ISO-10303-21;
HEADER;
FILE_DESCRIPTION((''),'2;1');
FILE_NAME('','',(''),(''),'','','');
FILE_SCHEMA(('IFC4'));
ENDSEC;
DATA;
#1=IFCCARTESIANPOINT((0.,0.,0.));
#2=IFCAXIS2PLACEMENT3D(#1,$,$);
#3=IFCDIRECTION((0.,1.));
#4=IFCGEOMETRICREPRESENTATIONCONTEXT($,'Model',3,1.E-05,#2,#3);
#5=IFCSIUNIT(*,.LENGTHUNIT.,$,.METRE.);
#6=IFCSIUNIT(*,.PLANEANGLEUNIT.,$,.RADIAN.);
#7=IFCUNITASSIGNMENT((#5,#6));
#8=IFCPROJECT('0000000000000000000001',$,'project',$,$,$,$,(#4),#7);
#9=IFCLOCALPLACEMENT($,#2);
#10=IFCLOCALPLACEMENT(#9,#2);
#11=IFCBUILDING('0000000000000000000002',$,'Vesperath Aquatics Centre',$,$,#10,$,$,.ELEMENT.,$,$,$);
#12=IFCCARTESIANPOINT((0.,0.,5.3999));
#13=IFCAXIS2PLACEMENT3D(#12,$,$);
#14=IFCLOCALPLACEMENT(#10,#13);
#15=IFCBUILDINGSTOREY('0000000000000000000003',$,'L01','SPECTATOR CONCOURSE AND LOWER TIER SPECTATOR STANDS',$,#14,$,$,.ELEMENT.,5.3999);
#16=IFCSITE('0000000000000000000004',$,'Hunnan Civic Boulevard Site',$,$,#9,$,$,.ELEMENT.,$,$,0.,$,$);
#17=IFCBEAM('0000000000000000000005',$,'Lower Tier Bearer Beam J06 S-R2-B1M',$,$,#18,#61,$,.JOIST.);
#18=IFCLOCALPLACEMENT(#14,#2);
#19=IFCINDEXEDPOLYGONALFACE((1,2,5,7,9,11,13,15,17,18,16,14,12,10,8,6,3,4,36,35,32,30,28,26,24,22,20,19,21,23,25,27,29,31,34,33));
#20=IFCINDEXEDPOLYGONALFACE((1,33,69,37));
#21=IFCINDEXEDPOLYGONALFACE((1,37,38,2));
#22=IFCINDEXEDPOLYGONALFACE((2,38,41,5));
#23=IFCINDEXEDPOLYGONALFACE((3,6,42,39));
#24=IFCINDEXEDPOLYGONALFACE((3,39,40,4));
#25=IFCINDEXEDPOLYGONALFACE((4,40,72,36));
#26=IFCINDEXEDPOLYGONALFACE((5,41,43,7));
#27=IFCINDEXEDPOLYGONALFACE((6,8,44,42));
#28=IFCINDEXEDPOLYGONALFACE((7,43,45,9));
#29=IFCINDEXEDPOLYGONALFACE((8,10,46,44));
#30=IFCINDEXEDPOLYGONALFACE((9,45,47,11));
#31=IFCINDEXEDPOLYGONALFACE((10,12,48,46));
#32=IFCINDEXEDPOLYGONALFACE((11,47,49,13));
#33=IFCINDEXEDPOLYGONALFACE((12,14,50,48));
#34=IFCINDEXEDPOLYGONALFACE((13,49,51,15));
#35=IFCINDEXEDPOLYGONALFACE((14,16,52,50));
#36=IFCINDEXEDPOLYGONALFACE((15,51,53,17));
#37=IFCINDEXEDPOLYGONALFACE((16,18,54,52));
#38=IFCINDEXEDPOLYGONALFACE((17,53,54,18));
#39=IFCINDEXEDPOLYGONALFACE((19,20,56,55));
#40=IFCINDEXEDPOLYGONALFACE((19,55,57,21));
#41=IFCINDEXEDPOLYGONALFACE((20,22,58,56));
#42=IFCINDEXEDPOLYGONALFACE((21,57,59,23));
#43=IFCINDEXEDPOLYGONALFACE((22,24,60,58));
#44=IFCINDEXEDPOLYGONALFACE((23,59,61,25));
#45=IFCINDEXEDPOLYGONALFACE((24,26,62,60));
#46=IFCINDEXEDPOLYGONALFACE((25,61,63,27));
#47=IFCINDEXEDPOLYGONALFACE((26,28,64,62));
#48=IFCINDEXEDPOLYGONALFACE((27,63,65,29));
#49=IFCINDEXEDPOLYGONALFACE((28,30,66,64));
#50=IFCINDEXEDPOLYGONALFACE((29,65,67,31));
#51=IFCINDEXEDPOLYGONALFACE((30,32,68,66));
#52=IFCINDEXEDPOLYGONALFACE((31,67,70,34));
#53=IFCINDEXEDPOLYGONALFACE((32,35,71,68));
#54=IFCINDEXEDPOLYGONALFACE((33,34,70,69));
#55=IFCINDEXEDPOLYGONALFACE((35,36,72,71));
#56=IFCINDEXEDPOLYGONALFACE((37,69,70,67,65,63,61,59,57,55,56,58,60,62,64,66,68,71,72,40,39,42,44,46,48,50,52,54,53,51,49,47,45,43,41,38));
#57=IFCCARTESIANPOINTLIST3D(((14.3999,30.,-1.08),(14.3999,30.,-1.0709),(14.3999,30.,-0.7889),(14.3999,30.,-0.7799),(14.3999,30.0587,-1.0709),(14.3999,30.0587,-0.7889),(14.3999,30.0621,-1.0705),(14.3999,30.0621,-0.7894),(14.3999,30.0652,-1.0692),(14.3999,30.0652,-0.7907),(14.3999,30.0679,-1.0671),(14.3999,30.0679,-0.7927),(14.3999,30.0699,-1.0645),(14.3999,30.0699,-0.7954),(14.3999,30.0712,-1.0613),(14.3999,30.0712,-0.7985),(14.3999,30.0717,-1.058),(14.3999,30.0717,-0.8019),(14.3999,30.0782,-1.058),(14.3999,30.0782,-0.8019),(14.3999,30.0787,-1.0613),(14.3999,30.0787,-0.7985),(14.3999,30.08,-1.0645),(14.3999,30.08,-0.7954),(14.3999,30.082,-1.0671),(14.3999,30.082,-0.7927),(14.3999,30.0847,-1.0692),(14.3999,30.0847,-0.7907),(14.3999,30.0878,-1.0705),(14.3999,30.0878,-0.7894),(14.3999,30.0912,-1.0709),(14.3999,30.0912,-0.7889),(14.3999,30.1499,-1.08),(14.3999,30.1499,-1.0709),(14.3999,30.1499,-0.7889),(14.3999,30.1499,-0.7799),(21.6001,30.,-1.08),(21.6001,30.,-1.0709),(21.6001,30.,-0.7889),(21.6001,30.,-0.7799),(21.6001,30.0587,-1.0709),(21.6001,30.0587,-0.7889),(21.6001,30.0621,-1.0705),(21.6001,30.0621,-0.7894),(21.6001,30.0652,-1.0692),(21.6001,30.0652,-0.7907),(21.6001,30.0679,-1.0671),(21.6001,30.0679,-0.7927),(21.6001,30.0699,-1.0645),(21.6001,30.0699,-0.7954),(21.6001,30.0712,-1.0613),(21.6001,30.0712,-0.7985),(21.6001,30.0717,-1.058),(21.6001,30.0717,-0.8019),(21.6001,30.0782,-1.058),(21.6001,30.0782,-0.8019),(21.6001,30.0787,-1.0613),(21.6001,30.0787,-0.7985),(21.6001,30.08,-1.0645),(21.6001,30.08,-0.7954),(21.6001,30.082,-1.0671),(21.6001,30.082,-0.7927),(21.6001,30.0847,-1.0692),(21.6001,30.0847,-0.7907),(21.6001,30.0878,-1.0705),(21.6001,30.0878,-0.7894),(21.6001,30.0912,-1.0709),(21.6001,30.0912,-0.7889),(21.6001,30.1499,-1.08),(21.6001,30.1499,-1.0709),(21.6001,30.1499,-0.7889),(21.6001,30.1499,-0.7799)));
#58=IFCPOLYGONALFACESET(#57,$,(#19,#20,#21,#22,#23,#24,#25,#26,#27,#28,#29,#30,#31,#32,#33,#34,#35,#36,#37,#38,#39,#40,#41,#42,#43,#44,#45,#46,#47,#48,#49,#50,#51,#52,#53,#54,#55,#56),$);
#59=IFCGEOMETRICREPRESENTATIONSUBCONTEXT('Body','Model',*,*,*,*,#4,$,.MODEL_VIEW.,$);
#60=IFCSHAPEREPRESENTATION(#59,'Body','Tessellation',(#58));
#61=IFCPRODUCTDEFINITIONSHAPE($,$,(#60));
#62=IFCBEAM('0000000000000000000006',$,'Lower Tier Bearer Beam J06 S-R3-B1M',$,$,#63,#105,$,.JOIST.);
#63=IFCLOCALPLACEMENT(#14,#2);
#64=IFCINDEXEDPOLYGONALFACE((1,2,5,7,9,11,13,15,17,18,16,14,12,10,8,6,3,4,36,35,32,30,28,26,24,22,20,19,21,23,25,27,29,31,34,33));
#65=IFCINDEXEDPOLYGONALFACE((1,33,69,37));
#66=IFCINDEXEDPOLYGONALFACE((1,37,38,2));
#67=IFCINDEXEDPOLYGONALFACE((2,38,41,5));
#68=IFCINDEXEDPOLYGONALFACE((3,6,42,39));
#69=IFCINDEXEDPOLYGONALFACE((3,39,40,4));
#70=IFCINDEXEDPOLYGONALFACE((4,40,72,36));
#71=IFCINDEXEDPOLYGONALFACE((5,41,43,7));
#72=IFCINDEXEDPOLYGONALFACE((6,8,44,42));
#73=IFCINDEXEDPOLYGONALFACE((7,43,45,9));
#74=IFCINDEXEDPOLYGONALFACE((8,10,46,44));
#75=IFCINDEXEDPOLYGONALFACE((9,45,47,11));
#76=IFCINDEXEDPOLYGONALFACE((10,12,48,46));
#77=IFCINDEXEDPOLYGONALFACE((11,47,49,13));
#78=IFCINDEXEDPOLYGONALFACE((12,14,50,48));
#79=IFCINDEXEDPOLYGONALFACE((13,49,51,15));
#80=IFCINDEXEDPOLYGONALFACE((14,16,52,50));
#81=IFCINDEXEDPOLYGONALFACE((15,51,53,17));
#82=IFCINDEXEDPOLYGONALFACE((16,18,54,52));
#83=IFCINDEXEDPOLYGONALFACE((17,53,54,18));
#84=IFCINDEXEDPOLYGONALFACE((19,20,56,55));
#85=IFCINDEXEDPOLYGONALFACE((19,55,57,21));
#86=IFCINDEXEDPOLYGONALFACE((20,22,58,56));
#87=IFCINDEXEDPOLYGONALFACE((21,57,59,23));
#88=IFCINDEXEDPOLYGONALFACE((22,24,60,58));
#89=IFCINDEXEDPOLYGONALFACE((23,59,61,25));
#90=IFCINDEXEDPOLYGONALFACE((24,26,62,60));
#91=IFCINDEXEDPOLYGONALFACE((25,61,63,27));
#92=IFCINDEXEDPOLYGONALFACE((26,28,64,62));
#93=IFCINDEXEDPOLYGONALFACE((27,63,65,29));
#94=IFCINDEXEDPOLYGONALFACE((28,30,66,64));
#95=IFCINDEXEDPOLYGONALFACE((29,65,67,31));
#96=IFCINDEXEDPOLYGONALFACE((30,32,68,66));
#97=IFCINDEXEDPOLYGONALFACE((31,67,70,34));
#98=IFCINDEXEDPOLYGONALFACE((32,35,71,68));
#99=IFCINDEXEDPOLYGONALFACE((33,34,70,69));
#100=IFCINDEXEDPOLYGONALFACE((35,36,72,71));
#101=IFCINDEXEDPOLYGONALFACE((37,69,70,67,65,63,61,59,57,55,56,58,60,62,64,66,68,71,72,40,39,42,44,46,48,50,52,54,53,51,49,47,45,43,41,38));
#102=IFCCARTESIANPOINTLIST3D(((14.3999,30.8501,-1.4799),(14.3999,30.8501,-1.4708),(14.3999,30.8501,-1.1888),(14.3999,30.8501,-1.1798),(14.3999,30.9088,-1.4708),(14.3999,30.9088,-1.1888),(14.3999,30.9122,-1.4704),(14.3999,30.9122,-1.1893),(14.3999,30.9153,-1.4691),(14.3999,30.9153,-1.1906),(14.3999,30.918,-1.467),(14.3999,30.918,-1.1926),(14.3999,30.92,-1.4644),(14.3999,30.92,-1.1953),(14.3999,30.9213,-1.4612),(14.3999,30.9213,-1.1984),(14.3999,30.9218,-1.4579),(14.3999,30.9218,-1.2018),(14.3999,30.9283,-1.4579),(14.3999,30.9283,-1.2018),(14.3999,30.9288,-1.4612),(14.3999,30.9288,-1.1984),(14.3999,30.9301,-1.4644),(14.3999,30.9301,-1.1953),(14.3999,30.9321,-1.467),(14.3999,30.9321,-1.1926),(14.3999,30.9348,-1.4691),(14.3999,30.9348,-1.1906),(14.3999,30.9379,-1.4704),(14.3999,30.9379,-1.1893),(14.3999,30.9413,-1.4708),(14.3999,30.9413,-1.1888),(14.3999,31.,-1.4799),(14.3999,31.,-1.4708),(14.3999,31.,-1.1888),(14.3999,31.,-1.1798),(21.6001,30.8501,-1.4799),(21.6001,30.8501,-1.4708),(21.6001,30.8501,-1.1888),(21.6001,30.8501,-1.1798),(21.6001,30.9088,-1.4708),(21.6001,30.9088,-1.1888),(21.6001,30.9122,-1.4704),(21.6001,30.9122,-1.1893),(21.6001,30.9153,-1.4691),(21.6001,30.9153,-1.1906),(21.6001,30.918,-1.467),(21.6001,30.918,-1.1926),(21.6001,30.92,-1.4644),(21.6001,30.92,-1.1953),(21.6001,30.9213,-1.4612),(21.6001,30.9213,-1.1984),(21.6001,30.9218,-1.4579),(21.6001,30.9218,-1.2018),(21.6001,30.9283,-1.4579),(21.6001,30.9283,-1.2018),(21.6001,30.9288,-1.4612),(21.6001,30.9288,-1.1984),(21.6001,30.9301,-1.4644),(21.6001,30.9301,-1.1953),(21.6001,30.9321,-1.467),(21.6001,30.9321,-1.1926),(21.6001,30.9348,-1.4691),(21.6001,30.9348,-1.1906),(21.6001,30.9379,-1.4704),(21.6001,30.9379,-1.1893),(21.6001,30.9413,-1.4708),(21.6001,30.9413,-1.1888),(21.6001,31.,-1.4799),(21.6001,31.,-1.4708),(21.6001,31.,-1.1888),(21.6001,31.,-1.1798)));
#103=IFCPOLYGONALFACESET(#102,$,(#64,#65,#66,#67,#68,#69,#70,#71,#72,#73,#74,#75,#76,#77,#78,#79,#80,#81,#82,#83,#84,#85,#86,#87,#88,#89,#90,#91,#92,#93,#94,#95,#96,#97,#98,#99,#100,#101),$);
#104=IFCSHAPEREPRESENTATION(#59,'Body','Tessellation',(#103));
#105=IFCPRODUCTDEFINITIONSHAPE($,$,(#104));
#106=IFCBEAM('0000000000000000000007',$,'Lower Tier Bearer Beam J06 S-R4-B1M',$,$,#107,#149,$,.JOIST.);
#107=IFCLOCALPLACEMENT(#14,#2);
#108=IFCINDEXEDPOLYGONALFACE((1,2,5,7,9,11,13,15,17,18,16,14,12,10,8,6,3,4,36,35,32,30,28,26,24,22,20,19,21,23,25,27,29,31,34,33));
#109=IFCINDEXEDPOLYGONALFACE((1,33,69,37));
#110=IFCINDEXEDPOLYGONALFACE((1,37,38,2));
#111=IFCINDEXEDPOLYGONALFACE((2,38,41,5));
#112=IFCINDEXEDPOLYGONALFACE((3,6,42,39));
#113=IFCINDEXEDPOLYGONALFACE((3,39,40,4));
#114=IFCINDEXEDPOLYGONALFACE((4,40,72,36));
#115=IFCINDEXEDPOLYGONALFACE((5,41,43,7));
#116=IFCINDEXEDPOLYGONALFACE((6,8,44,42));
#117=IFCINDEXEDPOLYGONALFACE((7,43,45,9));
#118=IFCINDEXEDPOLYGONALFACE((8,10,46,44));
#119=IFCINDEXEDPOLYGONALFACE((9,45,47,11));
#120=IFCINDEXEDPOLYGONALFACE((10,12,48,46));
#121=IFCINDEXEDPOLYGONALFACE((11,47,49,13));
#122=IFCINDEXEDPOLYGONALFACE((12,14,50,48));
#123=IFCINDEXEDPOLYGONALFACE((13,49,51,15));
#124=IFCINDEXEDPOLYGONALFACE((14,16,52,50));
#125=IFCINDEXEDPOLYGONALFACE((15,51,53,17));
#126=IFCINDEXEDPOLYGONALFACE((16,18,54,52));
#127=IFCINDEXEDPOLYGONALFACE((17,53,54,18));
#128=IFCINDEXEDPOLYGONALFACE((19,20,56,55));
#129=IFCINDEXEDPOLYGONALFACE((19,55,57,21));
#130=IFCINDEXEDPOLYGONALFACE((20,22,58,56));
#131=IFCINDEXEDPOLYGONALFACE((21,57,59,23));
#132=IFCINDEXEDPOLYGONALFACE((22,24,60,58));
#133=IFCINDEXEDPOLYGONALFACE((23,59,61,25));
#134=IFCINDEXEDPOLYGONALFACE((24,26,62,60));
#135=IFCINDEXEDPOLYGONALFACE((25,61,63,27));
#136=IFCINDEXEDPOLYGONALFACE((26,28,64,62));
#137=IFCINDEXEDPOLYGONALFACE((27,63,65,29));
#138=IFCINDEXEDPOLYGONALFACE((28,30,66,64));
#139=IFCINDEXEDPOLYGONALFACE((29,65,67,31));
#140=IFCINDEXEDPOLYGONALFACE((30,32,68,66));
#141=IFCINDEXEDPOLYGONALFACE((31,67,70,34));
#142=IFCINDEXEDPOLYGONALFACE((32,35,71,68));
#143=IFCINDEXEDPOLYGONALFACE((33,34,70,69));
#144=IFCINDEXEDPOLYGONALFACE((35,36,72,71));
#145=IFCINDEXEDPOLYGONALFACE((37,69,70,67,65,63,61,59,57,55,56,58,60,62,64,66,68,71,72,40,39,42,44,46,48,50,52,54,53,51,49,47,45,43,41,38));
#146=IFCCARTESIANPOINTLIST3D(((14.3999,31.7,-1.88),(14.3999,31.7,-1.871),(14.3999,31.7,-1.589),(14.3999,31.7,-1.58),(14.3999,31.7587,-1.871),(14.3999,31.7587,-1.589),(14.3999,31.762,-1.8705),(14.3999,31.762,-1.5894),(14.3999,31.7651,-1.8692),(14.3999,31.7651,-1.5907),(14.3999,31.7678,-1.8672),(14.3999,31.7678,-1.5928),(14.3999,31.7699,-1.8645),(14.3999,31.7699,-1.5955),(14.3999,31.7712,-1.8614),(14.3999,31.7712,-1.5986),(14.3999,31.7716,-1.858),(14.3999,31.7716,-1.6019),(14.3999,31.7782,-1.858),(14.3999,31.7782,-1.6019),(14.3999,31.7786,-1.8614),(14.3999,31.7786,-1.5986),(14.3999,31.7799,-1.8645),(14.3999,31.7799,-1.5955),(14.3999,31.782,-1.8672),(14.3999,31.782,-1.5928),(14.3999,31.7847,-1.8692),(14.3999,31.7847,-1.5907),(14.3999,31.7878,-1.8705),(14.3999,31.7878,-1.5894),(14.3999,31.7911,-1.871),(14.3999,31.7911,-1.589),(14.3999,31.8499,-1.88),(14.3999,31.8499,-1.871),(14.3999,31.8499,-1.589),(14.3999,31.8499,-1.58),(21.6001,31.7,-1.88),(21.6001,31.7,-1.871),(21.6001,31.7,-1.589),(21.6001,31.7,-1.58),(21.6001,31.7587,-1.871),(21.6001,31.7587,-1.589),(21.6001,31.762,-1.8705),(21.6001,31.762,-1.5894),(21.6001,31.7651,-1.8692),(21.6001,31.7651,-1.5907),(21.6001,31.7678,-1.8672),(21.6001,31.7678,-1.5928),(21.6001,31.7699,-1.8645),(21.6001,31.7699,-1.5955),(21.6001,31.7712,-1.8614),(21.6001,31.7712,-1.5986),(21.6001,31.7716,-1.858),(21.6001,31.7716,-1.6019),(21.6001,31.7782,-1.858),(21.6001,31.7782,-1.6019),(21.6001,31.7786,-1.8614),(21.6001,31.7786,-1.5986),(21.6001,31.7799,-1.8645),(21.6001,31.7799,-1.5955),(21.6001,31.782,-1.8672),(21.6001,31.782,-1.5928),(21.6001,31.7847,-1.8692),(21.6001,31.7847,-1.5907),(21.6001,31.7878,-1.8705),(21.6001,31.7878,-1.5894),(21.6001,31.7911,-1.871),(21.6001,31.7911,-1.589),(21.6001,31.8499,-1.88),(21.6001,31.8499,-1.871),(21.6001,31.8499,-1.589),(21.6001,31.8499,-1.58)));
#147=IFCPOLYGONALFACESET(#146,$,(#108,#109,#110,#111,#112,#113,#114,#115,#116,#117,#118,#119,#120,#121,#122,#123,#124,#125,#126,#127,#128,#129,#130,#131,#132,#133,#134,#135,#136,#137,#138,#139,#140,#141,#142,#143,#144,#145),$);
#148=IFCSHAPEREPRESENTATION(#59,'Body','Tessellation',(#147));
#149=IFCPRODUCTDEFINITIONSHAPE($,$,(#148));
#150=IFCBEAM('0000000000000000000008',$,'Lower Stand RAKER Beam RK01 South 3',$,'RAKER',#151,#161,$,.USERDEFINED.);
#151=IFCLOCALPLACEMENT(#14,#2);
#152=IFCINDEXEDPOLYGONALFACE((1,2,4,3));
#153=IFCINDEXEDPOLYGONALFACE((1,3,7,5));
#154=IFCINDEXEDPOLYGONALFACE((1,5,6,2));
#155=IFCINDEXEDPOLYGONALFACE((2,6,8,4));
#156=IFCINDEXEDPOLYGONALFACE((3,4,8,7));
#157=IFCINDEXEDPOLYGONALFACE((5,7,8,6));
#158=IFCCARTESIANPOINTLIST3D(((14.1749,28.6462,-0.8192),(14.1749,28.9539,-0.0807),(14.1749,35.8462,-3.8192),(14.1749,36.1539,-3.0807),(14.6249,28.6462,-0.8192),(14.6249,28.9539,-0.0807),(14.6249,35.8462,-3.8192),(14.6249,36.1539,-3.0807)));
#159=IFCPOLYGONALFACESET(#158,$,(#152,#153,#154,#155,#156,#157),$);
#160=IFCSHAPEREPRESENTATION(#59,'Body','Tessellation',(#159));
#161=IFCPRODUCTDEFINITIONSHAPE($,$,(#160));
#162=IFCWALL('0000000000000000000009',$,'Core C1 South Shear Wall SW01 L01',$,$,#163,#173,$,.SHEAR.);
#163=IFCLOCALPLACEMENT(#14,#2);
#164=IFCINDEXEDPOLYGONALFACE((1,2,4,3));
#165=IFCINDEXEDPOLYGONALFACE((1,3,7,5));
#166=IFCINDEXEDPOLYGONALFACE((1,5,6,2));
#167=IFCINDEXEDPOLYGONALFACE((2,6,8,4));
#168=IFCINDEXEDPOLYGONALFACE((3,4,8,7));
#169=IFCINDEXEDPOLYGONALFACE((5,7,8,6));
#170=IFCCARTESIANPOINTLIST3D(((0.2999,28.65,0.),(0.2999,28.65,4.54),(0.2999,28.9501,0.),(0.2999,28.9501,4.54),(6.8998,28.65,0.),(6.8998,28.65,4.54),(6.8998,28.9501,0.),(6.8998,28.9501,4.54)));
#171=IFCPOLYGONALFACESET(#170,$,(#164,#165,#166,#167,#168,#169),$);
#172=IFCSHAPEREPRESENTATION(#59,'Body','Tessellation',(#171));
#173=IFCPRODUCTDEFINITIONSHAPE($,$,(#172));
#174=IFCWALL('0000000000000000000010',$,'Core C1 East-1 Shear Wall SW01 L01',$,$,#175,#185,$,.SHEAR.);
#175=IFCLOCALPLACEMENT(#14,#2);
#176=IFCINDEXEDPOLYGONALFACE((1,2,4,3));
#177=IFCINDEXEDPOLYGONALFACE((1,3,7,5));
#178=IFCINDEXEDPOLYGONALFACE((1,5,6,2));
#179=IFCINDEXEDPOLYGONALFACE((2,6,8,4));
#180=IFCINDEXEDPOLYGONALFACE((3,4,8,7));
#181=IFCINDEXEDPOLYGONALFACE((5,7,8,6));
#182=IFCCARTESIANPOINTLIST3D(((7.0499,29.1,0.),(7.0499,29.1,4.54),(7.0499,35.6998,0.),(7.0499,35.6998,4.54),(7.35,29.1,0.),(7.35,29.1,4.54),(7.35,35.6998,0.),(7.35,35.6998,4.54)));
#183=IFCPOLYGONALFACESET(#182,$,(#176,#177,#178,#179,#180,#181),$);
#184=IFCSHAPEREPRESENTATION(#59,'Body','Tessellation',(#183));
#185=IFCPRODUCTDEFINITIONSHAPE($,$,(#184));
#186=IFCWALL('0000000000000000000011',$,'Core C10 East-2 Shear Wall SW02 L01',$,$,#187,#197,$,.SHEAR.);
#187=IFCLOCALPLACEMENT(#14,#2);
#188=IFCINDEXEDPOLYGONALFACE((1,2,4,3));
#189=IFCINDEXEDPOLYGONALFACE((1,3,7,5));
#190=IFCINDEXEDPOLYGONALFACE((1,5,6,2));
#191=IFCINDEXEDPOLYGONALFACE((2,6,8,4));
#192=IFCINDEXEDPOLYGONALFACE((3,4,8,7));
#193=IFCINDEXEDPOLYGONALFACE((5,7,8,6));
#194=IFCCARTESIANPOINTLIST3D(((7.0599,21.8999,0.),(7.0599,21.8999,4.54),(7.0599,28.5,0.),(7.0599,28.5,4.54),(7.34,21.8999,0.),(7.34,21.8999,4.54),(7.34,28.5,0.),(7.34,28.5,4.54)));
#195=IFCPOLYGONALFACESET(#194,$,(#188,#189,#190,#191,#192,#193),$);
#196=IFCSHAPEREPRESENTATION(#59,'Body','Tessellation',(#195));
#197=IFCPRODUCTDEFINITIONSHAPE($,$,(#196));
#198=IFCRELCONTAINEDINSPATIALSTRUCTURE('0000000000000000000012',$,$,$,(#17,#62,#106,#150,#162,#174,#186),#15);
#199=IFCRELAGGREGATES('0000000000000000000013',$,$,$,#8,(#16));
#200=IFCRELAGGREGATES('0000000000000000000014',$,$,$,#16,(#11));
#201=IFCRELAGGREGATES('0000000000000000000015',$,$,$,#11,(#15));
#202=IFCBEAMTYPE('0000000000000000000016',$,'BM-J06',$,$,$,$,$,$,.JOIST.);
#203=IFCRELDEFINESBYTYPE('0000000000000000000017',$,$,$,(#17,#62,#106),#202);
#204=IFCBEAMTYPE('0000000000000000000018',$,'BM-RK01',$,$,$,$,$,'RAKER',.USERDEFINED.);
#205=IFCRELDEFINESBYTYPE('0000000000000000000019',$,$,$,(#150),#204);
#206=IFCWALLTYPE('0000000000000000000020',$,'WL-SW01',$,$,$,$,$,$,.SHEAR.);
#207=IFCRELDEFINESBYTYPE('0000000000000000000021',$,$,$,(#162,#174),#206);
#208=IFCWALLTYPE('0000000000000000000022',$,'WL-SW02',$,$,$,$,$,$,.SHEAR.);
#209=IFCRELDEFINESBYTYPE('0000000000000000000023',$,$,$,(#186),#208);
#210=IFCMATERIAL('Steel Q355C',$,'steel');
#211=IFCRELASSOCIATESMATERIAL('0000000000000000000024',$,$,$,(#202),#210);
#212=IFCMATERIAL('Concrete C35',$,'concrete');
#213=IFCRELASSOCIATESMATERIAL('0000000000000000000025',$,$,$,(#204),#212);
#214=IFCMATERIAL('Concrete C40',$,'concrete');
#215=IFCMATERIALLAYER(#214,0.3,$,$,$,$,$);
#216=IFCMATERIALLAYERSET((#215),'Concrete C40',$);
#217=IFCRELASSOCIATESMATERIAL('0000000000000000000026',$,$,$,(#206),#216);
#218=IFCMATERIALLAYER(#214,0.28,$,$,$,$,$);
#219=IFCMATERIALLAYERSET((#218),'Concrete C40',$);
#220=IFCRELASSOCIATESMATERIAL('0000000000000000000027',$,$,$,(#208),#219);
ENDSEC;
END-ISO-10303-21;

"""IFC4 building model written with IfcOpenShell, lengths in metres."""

from ifc_helpers import new_model, si_unit, direction, frame, frame_2d, origin, origin_2d, place, context, subcontext, project, spatial, rectangle, i_section, extrude, material, layer, layer_set, material_profile, profile_set, type_object, element, save


model = new_model("IFC4")

# Units and contexts
model_context = context("Model", 3, precision=1e-05, world=origin(), true_north=direction((0.0, 1.0)))
body_context = subcontext(model_context, "Body", "Model", "MODEL_VIEW")
ifc_project = project(units=[si_unit("LENGTHUNIT", "METRE"), si_unit("PLANEANGLEUNIT", "RADIAN")], contexts=[model_context])

# Site, building, storey
site_placement = place(None, origin())
site = spatial("IfcSite", under=ifc_project, at=site_placement, Name="Hunnan Civic Boulevard Site", CompositionType="ELEMENT", RefElevation=0.0)
building_placement = place(site_placement, origin())
building = spatial("IfcBuilding", under=site, at=building_placement, Name="Vesperath Aquatics Centre", CompositionType="ELEMENT")
storey_placement = place(building_placement, frame((0.0, 0.0, 5.3999)))
storey = spatial("IfcBuildingStorey", under=building, at=storey_placement, Name="L01", Description="SPECTATOR CONCOURSE AND LOWER TIER SPECTATOR STANDS", CompositionType="ELEMENT", Elevation=5.3999)

# Shared definitions
ifc_material_1 = material(Name="Concrete C40", Category="concrete")

# Beams
ifc_material_2 = material(Name="Concrete C35", Category="concrete")
ifc_material_3 = material(Name="Steel Q355C", Category="steel")
ifc_material_profile_1 = material_profile(ifc_material_3, i_section(OverallWidth=0.1499, OverallDepth=0.3, WebThickness=0.0066, FlangeThickness=0.009, FilletRadius=0.0129, at=origin_2d()), Name="HN 300x150x6.5x9")
ifc_profile_set_1 = profile_set([ifc_material_profile_1], Name="Steel Q355C")
beam_type_1 = type_object("IfcBeamType", Name="BM-J06", PredefinedType="JOIST", material=ifc_profile_set_1)
for number, where, z_axis, x_axis, name in (
    (1, (14.3999, 30.075, -0.9299), (1.0, 0.0, 0.0), (0.0, 1.0, 0.0), "Lower Tier Bearer Beam J06 S-R2-B1M"),
    (2, (14.3999, 30.925, -1.3298), (1.0, 0.0, 0.0), (0.0, 1.0, 0.0), "Lower Tier Bearer Beam J06 S-R3-B1M"),
    (3, (14.3999, 31.7749, -1.73), (1.0, 0.0, 0.0), (0.0, 1.0, 0.0), "Lower Tier Bearer Beam J06 S-R4-B1M"),
):
    element("IfcBeam", number, at=place(storey_placement, frame(where, z_axis=z_axis, x_axis=x_axis)), inside=storey, type_object=beam_type_1, Name=name, PredefinedType="JOIST", context=body_context, shape_type="SweptSolid", body=[
        extrude(i_section(OverallWidth=0.1499, OverallDepth=0.3, WebThickness=0.0066, FlangeThickness=0.009, FilletRadius=0.0129, at=origin_2d()), origin(), (0.0, 0.0, 1.0), 7.2002),
    ])
ifc_material_profile_2 = material_profile(ifc_material_2, rectangle(XDim=0.45, YDim=0.8, at=origin_2d()), Name="RC 450x800")
ifc_profile_set_2 = profile_set([ifc_material_profile_2], Name="Concrete C35")
beam_type_2 = type_object("IfcBeamType", Name="BM-RK01", ElementType="RAKER", PredefinedType="USERDEFINED", material=ifc_profile_set_2)
beam_1_placement = place(storey_placement, frame((14.3999, 28.8, -0.45), z_axis=(0.0, 0.923076, -0.384618), x_axis=(-1.0, 0.0, 0.0)))
element("IfcBeam", 4, at=beam_1_placement, inside=storey, type_object=beam_type_2, Name="Lower Stand RAKER Beam RK01 South 3", ObjectType="RAKER", PredefinedType="USERDEFINED", context=body_context, shape_type="SweptSolid", body=[
    extrude(rectangle(XDim=0.45, YDim=0.8, at=origin_2d()), origin(), (0.0, 0.0, 1.0), 7.8),
])

# Walls
ifc_layer_1 = layer(ifc_material_1, 0.3)
ifc_layer_set_1 = layer_set([ifc_layer_1], Name="Concrete C40")
wall_type_1 = type_object("IfcWallType", Name="WL-SW01", PredefinedType="SHEAR", material=ifc_layer_set_1)
for number, where, z_axis, x_axis, name in (
    (5, (0.3, 28.8, 0.0), (0.0, 0.0, 1.0), (1.0, 0.0, 0.0), "Core C1 South Shear Wall SW01 L01"),
    (6, (7.2, 29.1001, 0.0), (0.0, 0.0, 1.0), (0.0, 1.0, 0.0), "Core C1 East-1 Shear Wall SW01 L01"),
):
    element("IfcWall", number, at=place(storey_placement, frame(where, z_axis=z_axis, x_axis=x_axis)), inside=storey, type_object=wall_type_1, Name=name, PredefinedType="SHEAR", context=body_context, shape_type="SweptSolid", body=[
        extrude(rectangle(XDim=6.5999, YDim=0.3, at=frame_2d((3.2998, 0.0))), origin(), (0.0, 0.0, 1.0), 4.54),
    ])
ifc_layer_2 = layer(ifc_material_1, 0.28)
ifc_layer_set_2 = layer_set([ifc_layer_2], Name="Concrete C40")
wall_type_2 = type_object("IfcWallType", Name="WL-SW02", PredefinedType="SHEAR", material=ifc_layer_set_2)
wall_1_placement = place(storey_placement, frame((7.2, 21.8999, 0.0), z_axis=(0.0, 0.0, 1.0), x_axis=(0.0, 1.0, 0.0)))
element("IfcWall", 7, at=wall_1_placement, inside=storey, type_object=wall_type_2, Name="Core C10 East-2 Shear Wall SW02 L01", PredefinedType="SHEAR", context=body_context, shape_type="SweptSolid", body=[
    extrude(rectangle(XDim=6.6001, YDim=0.28, at=frame_2d((3.3, 0.0))), origin(), (0.0, 0.0, 1.0), 4.54),
])

save(model, "model.ifc")
